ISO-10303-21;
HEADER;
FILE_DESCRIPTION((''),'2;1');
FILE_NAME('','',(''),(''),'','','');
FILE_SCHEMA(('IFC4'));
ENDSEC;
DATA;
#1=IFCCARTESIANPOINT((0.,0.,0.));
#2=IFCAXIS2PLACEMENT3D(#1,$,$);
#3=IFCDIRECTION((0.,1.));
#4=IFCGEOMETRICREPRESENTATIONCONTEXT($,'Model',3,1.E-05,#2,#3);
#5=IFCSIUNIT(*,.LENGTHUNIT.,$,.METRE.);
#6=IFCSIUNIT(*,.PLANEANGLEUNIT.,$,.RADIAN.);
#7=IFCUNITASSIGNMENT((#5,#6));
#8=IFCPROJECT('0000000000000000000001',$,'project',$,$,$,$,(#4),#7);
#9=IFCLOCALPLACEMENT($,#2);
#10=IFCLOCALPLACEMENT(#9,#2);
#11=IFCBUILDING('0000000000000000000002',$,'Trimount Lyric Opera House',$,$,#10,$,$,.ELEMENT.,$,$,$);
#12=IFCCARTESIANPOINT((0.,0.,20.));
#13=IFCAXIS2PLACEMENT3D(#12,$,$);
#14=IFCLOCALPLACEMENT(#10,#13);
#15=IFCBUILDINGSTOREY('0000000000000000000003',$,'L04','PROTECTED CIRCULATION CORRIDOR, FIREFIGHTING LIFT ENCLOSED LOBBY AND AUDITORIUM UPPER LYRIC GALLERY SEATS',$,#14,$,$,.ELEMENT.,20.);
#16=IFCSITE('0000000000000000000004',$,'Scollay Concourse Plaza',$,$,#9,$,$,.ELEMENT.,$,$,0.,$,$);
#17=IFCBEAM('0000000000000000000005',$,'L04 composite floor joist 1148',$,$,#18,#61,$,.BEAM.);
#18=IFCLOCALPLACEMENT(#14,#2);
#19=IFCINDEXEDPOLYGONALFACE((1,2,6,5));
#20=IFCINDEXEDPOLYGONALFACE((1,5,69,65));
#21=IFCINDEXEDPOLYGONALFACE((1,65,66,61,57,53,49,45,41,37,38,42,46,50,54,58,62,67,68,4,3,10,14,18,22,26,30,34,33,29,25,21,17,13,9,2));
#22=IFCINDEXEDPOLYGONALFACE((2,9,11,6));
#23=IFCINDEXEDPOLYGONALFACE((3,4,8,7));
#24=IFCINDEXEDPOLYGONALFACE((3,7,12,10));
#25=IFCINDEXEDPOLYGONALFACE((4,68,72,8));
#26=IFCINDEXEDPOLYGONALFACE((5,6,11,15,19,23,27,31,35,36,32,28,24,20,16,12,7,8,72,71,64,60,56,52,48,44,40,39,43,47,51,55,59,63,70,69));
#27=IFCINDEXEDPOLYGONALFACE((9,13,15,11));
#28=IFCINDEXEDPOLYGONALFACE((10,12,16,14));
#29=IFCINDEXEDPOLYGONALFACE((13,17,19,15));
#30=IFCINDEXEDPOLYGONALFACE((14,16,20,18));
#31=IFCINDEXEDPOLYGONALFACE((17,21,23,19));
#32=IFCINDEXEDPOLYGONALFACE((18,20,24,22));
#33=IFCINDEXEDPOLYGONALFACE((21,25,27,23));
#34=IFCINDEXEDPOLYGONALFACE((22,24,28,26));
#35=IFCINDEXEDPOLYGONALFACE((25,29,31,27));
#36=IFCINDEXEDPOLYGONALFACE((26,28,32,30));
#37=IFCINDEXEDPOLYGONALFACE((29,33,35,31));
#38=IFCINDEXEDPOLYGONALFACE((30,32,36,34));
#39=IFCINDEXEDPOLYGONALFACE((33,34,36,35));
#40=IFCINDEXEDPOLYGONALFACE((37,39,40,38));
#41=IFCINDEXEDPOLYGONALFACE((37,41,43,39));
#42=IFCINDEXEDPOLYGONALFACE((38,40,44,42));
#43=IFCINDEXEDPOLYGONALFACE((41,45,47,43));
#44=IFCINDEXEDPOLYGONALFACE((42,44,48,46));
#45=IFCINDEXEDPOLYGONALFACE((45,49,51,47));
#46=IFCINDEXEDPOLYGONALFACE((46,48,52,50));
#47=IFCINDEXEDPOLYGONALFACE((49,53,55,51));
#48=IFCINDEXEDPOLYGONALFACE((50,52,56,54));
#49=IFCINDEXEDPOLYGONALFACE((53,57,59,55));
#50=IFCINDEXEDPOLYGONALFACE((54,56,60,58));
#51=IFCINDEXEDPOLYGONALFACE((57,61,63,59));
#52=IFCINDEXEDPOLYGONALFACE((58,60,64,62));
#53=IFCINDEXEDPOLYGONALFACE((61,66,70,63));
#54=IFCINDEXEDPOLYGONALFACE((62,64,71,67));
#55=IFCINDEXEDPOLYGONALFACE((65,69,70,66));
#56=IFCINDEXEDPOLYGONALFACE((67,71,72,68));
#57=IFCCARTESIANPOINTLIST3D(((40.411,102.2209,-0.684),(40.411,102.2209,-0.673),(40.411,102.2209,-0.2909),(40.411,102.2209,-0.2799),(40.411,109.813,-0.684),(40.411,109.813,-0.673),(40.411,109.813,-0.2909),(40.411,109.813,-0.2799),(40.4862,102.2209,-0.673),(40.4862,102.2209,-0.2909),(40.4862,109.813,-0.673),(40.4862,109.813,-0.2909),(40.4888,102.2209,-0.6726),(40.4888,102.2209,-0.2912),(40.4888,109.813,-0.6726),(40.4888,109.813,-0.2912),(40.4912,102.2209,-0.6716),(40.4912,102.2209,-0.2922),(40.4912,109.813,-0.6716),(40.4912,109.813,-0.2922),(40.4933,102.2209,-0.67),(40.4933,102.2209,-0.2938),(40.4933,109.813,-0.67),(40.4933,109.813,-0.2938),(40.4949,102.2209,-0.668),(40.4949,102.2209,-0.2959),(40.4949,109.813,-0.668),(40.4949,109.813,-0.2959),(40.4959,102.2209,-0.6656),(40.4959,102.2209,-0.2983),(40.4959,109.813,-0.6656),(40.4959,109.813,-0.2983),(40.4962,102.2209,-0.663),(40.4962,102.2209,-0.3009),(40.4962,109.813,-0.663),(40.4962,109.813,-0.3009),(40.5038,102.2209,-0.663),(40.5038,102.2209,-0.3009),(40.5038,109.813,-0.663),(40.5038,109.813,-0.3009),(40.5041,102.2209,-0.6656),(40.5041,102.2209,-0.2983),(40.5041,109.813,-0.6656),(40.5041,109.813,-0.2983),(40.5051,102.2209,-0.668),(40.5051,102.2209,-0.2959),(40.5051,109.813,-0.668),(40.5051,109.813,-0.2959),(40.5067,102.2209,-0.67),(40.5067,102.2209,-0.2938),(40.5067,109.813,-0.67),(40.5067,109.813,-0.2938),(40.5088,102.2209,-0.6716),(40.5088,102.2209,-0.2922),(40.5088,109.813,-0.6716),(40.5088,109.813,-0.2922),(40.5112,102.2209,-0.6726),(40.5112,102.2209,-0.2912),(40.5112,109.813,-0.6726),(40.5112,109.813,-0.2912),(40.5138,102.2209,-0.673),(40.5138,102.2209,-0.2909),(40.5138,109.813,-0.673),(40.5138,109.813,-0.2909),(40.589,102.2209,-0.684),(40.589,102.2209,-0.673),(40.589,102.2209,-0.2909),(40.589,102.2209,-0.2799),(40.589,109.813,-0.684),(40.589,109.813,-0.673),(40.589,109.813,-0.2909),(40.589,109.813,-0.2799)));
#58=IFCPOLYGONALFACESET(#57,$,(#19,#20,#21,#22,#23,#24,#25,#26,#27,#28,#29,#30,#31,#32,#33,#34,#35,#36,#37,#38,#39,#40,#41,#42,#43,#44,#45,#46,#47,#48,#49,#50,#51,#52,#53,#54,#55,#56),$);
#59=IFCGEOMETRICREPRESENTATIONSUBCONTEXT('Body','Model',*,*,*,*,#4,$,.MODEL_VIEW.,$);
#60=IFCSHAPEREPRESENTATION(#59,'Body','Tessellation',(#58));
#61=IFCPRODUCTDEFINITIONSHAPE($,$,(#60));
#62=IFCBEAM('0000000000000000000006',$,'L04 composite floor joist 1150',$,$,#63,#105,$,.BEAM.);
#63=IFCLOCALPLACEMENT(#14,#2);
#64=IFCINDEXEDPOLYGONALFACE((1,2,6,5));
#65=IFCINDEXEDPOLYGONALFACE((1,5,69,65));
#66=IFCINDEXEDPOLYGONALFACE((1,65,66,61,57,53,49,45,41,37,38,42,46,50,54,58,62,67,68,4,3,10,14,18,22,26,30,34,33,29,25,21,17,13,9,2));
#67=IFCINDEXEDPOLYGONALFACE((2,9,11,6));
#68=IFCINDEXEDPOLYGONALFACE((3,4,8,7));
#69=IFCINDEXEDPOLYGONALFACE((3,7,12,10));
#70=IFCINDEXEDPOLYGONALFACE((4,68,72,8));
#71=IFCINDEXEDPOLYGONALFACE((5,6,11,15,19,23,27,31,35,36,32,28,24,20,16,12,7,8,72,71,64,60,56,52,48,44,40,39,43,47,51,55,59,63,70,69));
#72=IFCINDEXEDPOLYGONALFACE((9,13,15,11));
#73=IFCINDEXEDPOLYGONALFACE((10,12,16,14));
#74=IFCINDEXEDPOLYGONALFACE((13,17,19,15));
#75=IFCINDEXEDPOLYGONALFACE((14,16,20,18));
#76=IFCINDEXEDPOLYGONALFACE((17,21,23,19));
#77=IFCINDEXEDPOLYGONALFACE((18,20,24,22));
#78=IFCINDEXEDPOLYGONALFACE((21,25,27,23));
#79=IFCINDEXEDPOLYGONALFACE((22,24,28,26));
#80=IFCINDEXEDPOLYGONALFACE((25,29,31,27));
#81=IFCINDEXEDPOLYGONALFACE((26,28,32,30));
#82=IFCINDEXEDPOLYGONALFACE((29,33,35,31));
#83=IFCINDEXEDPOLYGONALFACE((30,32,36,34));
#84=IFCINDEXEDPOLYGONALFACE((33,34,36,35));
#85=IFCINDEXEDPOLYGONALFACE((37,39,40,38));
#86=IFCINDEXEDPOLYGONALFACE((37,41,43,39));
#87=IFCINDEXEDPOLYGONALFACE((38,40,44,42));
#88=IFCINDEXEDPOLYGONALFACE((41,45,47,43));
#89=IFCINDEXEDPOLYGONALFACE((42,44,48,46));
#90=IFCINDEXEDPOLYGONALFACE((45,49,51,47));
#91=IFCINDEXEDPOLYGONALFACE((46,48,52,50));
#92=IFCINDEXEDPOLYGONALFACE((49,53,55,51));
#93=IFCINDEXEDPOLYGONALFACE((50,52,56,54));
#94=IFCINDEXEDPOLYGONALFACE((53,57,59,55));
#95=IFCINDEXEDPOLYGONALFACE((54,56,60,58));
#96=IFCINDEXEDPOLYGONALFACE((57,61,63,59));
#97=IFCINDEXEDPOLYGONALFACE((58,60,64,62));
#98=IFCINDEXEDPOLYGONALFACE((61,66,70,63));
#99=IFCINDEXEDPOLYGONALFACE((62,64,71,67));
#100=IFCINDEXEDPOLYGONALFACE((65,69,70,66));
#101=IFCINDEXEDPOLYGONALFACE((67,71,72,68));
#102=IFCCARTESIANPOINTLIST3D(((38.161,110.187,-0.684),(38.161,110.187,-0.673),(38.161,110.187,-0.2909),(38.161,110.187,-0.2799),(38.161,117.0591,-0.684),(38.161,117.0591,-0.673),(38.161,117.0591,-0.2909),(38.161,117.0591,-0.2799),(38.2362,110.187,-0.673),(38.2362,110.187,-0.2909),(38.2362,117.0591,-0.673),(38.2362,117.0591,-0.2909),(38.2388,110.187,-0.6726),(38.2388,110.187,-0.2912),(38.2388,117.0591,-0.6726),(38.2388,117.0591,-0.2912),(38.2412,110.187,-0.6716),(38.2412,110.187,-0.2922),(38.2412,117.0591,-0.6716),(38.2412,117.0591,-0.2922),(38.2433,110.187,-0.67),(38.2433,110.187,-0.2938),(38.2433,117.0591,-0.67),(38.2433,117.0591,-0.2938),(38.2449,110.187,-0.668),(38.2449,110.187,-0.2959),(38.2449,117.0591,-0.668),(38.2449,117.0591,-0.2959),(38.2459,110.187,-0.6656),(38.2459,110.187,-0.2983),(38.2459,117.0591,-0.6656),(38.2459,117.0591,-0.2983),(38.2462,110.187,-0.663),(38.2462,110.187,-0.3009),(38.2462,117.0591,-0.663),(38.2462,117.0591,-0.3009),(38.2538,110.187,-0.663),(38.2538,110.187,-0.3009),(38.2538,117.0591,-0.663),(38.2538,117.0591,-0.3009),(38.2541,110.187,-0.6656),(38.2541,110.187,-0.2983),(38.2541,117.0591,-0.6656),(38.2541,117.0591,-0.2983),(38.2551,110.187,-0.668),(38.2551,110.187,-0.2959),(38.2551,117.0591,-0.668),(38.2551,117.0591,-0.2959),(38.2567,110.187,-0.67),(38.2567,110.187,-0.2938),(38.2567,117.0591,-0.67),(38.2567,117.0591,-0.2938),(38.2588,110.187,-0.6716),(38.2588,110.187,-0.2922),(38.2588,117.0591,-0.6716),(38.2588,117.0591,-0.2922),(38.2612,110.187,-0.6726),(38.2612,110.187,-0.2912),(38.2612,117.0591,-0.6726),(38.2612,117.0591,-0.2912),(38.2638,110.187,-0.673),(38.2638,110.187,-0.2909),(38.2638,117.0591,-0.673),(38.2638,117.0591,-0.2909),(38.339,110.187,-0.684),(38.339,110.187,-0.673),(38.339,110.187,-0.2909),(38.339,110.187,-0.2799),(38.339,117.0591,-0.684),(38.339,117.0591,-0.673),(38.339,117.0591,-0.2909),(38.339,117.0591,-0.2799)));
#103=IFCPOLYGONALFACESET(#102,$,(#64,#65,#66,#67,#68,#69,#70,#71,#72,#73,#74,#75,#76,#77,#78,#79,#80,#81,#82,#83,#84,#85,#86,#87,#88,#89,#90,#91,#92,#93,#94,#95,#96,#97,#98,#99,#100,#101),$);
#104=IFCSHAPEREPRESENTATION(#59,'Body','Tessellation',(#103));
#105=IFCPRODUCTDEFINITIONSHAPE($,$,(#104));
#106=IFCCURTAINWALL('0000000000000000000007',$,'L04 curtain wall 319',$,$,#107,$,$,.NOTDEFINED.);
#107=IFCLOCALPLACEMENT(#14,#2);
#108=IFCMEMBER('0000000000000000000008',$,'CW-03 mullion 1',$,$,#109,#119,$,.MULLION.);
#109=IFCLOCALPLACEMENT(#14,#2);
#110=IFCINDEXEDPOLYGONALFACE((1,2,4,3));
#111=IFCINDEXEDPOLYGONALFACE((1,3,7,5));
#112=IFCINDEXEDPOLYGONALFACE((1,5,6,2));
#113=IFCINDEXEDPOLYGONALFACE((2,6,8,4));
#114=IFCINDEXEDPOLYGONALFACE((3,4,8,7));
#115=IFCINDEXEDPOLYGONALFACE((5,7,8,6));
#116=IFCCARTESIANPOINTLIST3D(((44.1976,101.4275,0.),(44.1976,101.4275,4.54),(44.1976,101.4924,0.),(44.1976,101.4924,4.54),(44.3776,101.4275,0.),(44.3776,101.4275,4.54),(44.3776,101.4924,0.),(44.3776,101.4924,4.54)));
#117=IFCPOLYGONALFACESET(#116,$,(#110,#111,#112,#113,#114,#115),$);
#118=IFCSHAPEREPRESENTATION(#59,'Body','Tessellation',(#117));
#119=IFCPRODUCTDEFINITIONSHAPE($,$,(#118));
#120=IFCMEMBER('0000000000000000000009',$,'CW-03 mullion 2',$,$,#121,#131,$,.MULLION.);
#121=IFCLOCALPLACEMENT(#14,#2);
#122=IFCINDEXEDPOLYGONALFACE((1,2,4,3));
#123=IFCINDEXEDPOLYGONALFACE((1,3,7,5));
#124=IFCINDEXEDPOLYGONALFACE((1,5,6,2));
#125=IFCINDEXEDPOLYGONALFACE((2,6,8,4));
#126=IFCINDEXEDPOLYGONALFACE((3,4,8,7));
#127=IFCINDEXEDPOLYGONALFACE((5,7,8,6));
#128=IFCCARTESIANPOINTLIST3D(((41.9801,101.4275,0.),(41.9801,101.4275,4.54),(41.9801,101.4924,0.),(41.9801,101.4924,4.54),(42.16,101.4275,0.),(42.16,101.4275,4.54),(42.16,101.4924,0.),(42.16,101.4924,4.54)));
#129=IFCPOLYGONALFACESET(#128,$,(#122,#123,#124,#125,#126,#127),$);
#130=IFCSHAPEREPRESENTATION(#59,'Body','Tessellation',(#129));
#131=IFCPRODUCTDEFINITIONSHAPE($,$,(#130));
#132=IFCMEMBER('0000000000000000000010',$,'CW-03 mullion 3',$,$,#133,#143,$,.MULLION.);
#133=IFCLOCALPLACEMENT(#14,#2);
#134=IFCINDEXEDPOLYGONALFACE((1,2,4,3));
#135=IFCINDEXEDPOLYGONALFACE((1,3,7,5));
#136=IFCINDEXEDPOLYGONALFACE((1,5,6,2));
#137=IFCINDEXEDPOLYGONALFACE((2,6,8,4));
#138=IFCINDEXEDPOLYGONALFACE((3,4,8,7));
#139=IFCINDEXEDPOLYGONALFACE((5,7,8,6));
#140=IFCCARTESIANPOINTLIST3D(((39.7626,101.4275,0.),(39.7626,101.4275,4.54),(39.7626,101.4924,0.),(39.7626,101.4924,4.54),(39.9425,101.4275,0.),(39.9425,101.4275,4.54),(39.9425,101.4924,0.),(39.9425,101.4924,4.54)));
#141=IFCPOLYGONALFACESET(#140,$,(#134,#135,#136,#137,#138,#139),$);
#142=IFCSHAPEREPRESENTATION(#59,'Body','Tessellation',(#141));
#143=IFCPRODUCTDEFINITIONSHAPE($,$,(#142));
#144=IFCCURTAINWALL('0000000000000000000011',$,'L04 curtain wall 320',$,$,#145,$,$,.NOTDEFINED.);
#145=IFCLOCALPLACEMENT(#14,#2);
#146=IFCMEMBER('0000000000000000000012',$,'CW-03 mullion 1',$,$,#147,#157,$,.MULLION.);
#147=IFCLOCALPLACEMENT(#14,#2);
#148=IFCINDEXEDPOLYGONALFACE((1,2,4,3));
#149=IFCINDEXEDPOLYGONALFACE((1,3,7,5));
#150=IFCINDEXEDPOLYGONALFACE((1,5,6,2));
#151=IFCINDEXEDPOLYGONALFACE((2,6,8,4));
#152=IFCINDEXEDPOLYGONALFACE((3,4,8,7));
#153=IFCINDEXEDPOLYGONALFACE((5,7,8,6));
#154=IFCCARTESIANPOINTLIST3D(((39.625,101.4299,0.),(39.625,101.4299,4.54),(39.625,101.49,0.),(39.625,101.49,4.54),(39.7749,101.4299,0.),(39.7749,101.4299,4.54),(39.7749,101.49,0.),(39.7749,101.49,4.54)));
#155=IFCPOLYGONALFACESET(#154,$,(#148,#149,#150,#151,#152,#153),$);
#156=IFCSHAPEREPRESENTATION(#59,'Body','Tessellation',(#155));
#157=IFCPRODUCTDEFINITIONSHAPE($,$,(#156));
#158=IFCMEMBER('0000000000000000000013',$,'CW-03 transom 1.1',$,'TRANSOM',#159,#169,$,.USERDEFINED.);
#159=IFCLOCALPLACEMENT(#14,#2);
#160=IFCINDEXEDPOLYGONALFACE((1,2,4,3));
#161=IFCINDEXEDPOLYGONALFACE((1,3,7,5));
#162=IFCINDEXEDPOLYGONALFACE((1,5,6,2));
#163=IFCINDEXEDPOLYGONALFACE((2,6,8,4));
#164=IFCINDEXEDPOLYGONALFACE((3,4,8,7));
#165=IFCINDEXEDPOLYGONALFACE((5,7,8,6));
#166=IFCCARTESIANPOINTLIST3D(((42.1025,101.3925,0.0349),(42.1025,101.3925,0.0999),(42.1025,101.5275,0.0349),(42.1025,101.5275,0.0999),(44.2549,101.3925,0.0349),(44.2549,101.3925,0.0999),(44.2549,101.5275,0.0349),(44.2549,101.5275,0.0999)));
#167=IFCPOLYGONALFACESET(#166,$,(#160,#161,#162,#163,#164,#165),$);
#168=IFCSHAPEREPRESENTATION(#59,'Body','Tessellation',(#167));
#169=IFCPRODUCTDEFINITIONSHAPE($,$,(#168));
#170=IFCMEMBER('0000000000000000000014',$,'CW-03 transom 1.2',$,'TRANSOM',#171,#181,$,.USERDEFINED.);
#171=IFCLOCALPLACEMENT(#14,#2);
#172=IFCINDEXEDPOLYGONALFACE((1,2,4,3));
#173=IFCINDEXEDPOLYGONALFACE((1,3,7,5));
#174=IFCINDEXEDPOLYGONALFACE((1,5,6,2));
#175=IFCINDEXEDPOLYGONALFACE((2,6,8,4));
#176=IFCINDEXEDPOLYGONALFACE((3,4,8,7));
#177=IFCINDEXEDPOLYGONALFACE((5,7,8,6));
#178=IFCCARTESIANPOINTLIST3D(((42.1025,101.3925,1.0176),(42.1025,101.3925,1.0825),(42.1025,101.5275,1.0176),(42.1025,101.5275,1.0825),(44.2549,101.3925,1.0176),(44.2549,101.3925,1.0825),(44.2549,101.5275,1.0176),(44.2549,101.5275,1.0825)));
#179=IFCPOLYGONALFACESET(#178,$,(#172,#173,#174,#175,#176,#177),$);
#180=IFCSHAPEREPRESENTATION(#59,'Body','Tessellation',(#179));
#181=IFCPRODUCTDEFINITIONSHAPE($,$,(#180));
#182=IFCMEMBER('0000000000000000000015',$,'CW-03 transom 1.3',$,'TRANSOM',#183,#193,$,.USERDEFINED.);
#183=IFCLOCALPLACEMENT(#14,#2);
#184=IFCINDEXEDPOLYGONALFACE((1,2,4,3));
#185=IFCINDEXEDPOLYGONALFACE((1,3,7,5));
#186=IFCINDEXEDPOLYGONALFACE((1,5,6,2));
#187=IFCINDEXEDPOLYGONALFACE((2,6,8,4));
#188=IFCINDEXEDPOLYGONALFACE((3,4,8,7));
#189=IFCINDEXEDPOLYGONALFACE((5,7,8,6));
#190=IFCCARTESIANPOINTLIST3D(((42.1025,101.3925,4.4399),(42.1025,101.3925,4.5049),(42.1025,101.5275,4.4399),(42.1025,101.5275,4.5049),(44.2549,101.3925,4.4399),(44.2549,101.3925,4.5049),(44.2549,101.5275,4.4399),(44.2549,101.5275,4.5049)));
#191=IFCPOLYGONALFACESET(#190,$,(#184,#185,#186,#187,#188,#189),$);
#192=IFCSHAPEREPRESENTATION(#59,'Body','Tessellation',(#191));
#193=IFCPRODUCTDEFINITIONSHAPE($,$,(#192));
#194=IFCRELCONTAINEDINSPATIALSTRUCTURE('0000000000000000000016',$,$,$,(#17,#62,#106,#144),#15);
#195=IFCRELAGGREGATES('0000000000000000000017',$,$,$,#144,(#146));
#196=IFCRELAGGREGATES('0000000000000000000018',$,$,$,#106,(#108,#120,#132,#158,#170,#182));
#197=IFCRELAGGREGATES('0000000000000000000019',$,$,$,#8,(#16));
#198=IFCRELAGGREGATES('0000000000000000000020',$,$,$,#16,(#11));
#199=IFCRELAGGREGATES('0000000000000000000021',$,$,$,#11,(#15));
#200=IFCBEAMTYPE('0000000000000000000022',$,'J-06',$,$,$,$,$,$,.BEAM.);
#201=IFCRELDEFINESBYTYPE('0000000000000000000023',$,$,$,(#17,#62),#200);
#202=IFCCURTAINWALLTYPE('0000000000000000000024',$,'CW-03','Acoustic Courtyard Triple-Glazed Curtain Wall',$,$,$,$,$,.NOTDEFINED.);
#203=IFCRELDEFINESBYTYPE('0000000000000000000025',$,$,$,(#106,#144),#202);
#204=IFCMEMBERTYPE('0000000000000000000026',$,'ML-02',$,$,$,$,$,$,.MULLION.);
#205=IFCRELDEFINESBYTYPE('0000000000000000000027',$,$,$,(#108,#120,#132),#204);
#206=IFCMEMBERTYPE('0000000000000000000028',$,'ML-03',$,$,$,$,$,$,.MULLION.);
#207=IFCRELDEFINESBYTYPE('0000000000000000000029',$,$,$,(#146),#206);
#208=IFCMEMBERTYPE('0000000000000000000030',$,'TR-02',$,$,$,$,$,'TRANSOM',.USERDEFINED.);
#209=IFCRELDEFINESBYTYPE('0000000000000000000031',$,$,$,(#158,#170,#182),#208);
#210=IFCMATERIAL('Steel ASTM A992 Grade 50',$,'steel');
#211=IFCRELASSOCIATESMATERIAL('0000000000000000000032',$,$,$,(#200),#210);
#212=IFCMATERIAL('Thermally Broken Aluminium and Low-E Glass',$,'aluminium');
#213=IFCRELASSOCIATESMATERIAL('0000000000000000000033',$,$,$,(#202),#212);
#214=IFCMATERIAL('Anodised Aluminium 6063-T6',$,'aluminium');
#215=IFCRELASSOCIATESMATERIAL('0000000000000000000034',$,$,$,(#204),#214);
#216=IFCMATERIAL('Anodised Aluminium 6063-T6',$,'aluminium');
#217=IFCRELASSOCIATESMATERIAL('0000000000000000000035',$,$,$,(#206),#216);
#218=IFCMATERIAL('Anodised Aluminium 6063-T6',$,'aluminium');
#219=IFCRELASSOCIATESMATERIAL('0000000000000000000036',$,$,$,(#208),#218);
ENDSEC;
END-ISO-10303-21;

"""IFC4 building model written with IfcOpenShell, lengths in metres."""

from ifc_helpers import new_model, si_unit, direction, frame, origin, origin_2d, place, context, subcontext, project, spatial, rectangle, i_section, extrude, material, material_profile, profile_set, type_object, element, aggregate, save


model = new_model("IFC4")

# Units and contexts
model_context = context("Model", 3, precision=1e-05, world=origin(), true_north=direction((0.0, 1.0)))
body_context = subcontext(model_context, "Body", "Model", "MODEL_VIEW")
ifc_project = project(units=[si_unit("LENGTHUNIT", "METRE"), si_unit("PLANEANGLEUNIT", "RADIAN")], contexts=[model_context])

# Site, building, storey
site_placement = place(None, origin())
site = spatial("IfcSite", under=ifc_project, at=site_placement, Name="Scollay Concourse Plaza", CompositionType="ELEMENT", RefElevation=0.0)
building_placement = place(site_placement, origin())
building = spatial("IfcBuilding", under=site, at=building_placement, Name="Trimount Lyric Opera House", CompositionType="ELEMENT")
storey_placement = place(building_placement, frame((0.0, 0.0, 20.0)))
storey = spatial("IfcBuildingStorey", under=building, at=storey_placement, Name="L04", Description="PROTECTED CIRCULATION CORRIDOR, FIREFIGHTING LIFT ENCLOSED LOBBY AND AUDITORIUM UPPER LYRIC GALLERY SEATS", CompositionType="ELEMENT", Elevation=20.0)

# Beams
ifc_material_1 = material(Name="Steel ASTM A992 Grade 50", Category="steel")
ifc_material_profile_1 = material_profile(ifc_material_1, i_section(OverallWidth=0.178, OverallDepth=0.4041, WebThickness=0.0076, FlangeThickness=0.011, FilletRadius=0.01, at=origin_2d()), Name="W16X36")
ifc_profile_set_1 = profile_set([ifc_material_profile_1], Name="Steel ASTM A992 Grade 50")
beam_type_1 = type_object("IfcBeamType", Name="J-06", PredefinedType="BEAM", material=ifc_profile_set_1)
beam_1_placement = place(storey_placement, frame((40.5, 102.2209, -0.4819), z_axis=(0.0, 1.0, 0.0), x_axis=(-1.0, 0.0, 0.0)))
element("IfcBeam", 1, at=beam_1_placement, inside=storey, type_object=beam_type_1, Name="L04 composite floor joist 1148", PredefinedType="BEAM", context=body_context, shape_type="SweptSolid", body=[
    extrude(i_section(OverallWidth=0.178, OverallDepth=0.4041, WebThickness=0.0076, FlangeThickness=0.011, FilletRadius=0.01, at=origin_2d()), origin(), (0.0, 0.0, 1.0), 7.592),
])
beam_2_placement = place(storey_placement, frame((38.25, 110.187, -0.4819), z_axis=(0.0, 1.0, 0.0), x_axis=(-1.0, 0.0, 0.0)))
element("IfcBeam", 2, at=beam_2_placement, inside=storey, type_object=beam_type_1, Name="L04 composite floor joist 1150", PredefinedType="BEAM", context=body_context, shape_type="SweptSolid", body=[
    extrude(i_section(OverallWidth=0.178, OverallDepth=0.4041, WebThickness=0.0076, FlangeThickness=0.011, FilletRadius=0.01, at=origin_2d()), origin(), (0.0, 0.0, 1.0), 6.8721),
])

# Curtain wall, members
ifc_material_2 = material(Name="Thermally Broken Aluminium and Low-E Glass", Category="aluminium")
curtain_wall_type = type_object("IfcCurtainWallType", Name="CW-03", Description="Acoustic Courtyard Triple-Glazed Curtain Wall", PredefinedType="NOTDEFINED", material=ifc_material_2)
curtain_wall_1_placement = place(storey_placement, origin())
curtain_wall_1 = element("IfcCurtainWall", 3, at=curtain_wall_1_placement, inside=storey, type_object=curtain_wall_type, Name="L04 curtain wall 319", PredefinedType="NOTDEFINED")
ifc_material_3 = material(Name="Anodised Aluminium 6063-T6", Category="aluminium")
ifc_material_profile_2 = material_profile(ifc_material_3, rectangle(XDim=0.0649, YDim=0.1799, at=origin_2d()), Name="ALU-MULL-65X180")
ifc_profile_set_2 = profile_set([ifc_material_profile_2], Name="Anodised Aluminium 6063-T6")
member_type_1 = type_object("IfcMemberType", Name="ML-02", PredefinedType="MULLION", material=ifc_profile_set_2)
member_1_placement = place(storey_placement, frame((44.2876, 101.46, 0.0), z_axis=(0.0, 0.0, 1.0), x_axis=(0.0, -1.0, 0.0)))
member_1 = element("IfcMember", 4, at=member_1_placement, type_object=member_type_1, Name="CW-03 mullion 1", PredefinedType="MULLION", context=body_context, shape_type="SweptSolid", body=[
    extrude(rectangle(XDim=0.0649, YDim=0.1799, at=origin_2d()), origin(), (0.0, 0.0, 1.0), 4.54),
])
member_2_placement = place(storey_placement, frame((42.0701, 101.46, 0.0), z_axis=(0.0, 0.0, 1.0), x_axis=(0.0, -1.0, 0.0)))
member_2 = element("IfcMember", 5, at=member_2_placement, type_object=member_type_1, Name="CW-03 mullion 2", PredefinedType="MULLION", context=body_context, shape_type="SweptSolid", body=[
    extrude(rectangle(XDim=0.0649, YDim=0.1799, at=origin_2d()), origin(), (0.0, 0.0, 1.0), 4.54),
])
member_3_placement = place(storey_placement, frame((39.8525, 101.46, 0.0), z_axis=(0.0, 0.0, 1.0), x_axis=(0.0, -1.0, 0.0)))
member_3 = element("IfcMember", 6, at=member_3_placement, type_object=member_type_1, Name="CW-03 mullion 3", PredefinedType="MULLION", context=body_context, shape_type="SweptSolid", body=[
    extrude(rectangle(XDim=0.0649, YDim=0.1799, at=origin_2d()), origin(), (0.0, 0.0, 1.0), 4.54),
])

# Curtain wall, member
curtain_wall_2_placement = place(storey_placement, origin())
curtain_wall_2 = element("IfcCurtainWall", 7, at=curtain_wall_2_placement, inside=storey, type_object=curtain_wall_type, Name="L04 curtain wall 320", PredefinedType="NOTDEFINED")
ifc_material_4 = material(Name="Anodised Aluminium 6063-T6", Category="aluminium")
ifc_material_profile_3 = material_profile(ifc_material_4, rectangle(XDim=0.0601, YDim=0.1499, at=origin_2d()), Name="ALU-MULL-60X150")
ifc_profile_set_3 = profile_set([ifc_material_profile_3], Name="Anodised Aluminium 6063-T6")
member_type_2 = type_object("IfcMemberType", Name="ML-03", PredefinedType="MULLION", material=ifc_profile_set_3)
member_4_placement = place(storey_placement, frame((39.7, 101.46, 0.0), z_axis=(0.0, 0.0, 1.0), x_axis=(0.0, -1.0, 0.0)))
member_4 = element("IfcMember", 8, at=member_4_placement, type_object=member_type_2, Name="CW-03 mullion 1", PredefinedType="MULLION", context=body_context, shape_type="SweptSolid", body=[
    extrude(rectangle(XDim=0.0601, YDim=0.1499, at=origin_2d()), origin(), (0.0, 0.0, 1.0), 4.54),
])

# Members
ifc_material_5 = material(Name="Anodised Aluminium 6063-T6", Category="aluminium")
ifc_material_profile_4 = material_profile(ifc_material_5, rectangle(XDim=0.135, YDim=0.0649, at=origin_2d()), Name="ALU-TRAN-65X135")
ifc_profile_set_4 = profile_set([ifc_material_profile_4], Name="Anodised Aluminium 6063-T6")
member_type_3 = type_object("IfcMemberType", Name="TR-02", ElementType="TRANSOM", PredefinedType="USERDEFINED", material=ifc_profile_set_4)
member_5_placement = place(storey_placement, frame((44.2549, 101.46, 0.0674), z_axis=(-1.0, 0.0, 0.0), x_axis=(0.0, -1.0, 0.0)))
member_5 = element("IfcMember", 9, at=member_5_placement, type_object=member_type_3, Name="CW-03 transom 1.1", ObjectType="TRANSOM", PredefinedType="USERDEFINED", context=body_context, shape_type="SweptSolid", body=[
    extrude(rectangle(XDim=0.135, YDim=0.0649, at=origin_2d()), origin(), (0.0, 0.0, 1.0), 2.1523),
])
member_6_placement = place(storey_placement, frame((44.2549, 101.46, 1.05), z_axis=(-1.0, 0.0, 0.0), x_axis=(0.0, -1.0, 0.0)))
member_6 = element("IfcMember", 10, at=member_6_placement, type_object=member_type_3, Name="CW-03 transom 1.2", ObjectType="TRANSOM", PredefinedType="USERDEFINED", context=body_context, shape_type="SweptSolid", body=[
    extrude(rectangle(XDim=0.135, YDim=0.0649, at=origin_2d()), origin(), (0.0, 0.0, 1.0), 2.1523),
])
member_7_placement = place(storey_placement, frame((44.2549, 101.46, 4.4724), z_axis=(-1.0, 0.0, 0.0), x_axis=(0.0, -1.0, 0.0)))
member_7 = element("IfcMember", 11, at=member_7_placement, type_object=member_type_3, Name="CW-03 transom 1.3", ObjectType="TRANSOM", PredefinedType="USERDEFINED", context=body_context, shape_type="SweptSolid", body=[
    extrude(rectangle(XDim=0.135, YDim=0.0649, at=origin_2d()), origin(), (0.0, 0.0, 1.0), 2.1523),
])
aggregate(curtain_wall_2, [member_4])

aggregate(curtain_wall_1, [member_1, member_2, member_3, member_5, member_6, member_7])

save(model, "model.ifc")
